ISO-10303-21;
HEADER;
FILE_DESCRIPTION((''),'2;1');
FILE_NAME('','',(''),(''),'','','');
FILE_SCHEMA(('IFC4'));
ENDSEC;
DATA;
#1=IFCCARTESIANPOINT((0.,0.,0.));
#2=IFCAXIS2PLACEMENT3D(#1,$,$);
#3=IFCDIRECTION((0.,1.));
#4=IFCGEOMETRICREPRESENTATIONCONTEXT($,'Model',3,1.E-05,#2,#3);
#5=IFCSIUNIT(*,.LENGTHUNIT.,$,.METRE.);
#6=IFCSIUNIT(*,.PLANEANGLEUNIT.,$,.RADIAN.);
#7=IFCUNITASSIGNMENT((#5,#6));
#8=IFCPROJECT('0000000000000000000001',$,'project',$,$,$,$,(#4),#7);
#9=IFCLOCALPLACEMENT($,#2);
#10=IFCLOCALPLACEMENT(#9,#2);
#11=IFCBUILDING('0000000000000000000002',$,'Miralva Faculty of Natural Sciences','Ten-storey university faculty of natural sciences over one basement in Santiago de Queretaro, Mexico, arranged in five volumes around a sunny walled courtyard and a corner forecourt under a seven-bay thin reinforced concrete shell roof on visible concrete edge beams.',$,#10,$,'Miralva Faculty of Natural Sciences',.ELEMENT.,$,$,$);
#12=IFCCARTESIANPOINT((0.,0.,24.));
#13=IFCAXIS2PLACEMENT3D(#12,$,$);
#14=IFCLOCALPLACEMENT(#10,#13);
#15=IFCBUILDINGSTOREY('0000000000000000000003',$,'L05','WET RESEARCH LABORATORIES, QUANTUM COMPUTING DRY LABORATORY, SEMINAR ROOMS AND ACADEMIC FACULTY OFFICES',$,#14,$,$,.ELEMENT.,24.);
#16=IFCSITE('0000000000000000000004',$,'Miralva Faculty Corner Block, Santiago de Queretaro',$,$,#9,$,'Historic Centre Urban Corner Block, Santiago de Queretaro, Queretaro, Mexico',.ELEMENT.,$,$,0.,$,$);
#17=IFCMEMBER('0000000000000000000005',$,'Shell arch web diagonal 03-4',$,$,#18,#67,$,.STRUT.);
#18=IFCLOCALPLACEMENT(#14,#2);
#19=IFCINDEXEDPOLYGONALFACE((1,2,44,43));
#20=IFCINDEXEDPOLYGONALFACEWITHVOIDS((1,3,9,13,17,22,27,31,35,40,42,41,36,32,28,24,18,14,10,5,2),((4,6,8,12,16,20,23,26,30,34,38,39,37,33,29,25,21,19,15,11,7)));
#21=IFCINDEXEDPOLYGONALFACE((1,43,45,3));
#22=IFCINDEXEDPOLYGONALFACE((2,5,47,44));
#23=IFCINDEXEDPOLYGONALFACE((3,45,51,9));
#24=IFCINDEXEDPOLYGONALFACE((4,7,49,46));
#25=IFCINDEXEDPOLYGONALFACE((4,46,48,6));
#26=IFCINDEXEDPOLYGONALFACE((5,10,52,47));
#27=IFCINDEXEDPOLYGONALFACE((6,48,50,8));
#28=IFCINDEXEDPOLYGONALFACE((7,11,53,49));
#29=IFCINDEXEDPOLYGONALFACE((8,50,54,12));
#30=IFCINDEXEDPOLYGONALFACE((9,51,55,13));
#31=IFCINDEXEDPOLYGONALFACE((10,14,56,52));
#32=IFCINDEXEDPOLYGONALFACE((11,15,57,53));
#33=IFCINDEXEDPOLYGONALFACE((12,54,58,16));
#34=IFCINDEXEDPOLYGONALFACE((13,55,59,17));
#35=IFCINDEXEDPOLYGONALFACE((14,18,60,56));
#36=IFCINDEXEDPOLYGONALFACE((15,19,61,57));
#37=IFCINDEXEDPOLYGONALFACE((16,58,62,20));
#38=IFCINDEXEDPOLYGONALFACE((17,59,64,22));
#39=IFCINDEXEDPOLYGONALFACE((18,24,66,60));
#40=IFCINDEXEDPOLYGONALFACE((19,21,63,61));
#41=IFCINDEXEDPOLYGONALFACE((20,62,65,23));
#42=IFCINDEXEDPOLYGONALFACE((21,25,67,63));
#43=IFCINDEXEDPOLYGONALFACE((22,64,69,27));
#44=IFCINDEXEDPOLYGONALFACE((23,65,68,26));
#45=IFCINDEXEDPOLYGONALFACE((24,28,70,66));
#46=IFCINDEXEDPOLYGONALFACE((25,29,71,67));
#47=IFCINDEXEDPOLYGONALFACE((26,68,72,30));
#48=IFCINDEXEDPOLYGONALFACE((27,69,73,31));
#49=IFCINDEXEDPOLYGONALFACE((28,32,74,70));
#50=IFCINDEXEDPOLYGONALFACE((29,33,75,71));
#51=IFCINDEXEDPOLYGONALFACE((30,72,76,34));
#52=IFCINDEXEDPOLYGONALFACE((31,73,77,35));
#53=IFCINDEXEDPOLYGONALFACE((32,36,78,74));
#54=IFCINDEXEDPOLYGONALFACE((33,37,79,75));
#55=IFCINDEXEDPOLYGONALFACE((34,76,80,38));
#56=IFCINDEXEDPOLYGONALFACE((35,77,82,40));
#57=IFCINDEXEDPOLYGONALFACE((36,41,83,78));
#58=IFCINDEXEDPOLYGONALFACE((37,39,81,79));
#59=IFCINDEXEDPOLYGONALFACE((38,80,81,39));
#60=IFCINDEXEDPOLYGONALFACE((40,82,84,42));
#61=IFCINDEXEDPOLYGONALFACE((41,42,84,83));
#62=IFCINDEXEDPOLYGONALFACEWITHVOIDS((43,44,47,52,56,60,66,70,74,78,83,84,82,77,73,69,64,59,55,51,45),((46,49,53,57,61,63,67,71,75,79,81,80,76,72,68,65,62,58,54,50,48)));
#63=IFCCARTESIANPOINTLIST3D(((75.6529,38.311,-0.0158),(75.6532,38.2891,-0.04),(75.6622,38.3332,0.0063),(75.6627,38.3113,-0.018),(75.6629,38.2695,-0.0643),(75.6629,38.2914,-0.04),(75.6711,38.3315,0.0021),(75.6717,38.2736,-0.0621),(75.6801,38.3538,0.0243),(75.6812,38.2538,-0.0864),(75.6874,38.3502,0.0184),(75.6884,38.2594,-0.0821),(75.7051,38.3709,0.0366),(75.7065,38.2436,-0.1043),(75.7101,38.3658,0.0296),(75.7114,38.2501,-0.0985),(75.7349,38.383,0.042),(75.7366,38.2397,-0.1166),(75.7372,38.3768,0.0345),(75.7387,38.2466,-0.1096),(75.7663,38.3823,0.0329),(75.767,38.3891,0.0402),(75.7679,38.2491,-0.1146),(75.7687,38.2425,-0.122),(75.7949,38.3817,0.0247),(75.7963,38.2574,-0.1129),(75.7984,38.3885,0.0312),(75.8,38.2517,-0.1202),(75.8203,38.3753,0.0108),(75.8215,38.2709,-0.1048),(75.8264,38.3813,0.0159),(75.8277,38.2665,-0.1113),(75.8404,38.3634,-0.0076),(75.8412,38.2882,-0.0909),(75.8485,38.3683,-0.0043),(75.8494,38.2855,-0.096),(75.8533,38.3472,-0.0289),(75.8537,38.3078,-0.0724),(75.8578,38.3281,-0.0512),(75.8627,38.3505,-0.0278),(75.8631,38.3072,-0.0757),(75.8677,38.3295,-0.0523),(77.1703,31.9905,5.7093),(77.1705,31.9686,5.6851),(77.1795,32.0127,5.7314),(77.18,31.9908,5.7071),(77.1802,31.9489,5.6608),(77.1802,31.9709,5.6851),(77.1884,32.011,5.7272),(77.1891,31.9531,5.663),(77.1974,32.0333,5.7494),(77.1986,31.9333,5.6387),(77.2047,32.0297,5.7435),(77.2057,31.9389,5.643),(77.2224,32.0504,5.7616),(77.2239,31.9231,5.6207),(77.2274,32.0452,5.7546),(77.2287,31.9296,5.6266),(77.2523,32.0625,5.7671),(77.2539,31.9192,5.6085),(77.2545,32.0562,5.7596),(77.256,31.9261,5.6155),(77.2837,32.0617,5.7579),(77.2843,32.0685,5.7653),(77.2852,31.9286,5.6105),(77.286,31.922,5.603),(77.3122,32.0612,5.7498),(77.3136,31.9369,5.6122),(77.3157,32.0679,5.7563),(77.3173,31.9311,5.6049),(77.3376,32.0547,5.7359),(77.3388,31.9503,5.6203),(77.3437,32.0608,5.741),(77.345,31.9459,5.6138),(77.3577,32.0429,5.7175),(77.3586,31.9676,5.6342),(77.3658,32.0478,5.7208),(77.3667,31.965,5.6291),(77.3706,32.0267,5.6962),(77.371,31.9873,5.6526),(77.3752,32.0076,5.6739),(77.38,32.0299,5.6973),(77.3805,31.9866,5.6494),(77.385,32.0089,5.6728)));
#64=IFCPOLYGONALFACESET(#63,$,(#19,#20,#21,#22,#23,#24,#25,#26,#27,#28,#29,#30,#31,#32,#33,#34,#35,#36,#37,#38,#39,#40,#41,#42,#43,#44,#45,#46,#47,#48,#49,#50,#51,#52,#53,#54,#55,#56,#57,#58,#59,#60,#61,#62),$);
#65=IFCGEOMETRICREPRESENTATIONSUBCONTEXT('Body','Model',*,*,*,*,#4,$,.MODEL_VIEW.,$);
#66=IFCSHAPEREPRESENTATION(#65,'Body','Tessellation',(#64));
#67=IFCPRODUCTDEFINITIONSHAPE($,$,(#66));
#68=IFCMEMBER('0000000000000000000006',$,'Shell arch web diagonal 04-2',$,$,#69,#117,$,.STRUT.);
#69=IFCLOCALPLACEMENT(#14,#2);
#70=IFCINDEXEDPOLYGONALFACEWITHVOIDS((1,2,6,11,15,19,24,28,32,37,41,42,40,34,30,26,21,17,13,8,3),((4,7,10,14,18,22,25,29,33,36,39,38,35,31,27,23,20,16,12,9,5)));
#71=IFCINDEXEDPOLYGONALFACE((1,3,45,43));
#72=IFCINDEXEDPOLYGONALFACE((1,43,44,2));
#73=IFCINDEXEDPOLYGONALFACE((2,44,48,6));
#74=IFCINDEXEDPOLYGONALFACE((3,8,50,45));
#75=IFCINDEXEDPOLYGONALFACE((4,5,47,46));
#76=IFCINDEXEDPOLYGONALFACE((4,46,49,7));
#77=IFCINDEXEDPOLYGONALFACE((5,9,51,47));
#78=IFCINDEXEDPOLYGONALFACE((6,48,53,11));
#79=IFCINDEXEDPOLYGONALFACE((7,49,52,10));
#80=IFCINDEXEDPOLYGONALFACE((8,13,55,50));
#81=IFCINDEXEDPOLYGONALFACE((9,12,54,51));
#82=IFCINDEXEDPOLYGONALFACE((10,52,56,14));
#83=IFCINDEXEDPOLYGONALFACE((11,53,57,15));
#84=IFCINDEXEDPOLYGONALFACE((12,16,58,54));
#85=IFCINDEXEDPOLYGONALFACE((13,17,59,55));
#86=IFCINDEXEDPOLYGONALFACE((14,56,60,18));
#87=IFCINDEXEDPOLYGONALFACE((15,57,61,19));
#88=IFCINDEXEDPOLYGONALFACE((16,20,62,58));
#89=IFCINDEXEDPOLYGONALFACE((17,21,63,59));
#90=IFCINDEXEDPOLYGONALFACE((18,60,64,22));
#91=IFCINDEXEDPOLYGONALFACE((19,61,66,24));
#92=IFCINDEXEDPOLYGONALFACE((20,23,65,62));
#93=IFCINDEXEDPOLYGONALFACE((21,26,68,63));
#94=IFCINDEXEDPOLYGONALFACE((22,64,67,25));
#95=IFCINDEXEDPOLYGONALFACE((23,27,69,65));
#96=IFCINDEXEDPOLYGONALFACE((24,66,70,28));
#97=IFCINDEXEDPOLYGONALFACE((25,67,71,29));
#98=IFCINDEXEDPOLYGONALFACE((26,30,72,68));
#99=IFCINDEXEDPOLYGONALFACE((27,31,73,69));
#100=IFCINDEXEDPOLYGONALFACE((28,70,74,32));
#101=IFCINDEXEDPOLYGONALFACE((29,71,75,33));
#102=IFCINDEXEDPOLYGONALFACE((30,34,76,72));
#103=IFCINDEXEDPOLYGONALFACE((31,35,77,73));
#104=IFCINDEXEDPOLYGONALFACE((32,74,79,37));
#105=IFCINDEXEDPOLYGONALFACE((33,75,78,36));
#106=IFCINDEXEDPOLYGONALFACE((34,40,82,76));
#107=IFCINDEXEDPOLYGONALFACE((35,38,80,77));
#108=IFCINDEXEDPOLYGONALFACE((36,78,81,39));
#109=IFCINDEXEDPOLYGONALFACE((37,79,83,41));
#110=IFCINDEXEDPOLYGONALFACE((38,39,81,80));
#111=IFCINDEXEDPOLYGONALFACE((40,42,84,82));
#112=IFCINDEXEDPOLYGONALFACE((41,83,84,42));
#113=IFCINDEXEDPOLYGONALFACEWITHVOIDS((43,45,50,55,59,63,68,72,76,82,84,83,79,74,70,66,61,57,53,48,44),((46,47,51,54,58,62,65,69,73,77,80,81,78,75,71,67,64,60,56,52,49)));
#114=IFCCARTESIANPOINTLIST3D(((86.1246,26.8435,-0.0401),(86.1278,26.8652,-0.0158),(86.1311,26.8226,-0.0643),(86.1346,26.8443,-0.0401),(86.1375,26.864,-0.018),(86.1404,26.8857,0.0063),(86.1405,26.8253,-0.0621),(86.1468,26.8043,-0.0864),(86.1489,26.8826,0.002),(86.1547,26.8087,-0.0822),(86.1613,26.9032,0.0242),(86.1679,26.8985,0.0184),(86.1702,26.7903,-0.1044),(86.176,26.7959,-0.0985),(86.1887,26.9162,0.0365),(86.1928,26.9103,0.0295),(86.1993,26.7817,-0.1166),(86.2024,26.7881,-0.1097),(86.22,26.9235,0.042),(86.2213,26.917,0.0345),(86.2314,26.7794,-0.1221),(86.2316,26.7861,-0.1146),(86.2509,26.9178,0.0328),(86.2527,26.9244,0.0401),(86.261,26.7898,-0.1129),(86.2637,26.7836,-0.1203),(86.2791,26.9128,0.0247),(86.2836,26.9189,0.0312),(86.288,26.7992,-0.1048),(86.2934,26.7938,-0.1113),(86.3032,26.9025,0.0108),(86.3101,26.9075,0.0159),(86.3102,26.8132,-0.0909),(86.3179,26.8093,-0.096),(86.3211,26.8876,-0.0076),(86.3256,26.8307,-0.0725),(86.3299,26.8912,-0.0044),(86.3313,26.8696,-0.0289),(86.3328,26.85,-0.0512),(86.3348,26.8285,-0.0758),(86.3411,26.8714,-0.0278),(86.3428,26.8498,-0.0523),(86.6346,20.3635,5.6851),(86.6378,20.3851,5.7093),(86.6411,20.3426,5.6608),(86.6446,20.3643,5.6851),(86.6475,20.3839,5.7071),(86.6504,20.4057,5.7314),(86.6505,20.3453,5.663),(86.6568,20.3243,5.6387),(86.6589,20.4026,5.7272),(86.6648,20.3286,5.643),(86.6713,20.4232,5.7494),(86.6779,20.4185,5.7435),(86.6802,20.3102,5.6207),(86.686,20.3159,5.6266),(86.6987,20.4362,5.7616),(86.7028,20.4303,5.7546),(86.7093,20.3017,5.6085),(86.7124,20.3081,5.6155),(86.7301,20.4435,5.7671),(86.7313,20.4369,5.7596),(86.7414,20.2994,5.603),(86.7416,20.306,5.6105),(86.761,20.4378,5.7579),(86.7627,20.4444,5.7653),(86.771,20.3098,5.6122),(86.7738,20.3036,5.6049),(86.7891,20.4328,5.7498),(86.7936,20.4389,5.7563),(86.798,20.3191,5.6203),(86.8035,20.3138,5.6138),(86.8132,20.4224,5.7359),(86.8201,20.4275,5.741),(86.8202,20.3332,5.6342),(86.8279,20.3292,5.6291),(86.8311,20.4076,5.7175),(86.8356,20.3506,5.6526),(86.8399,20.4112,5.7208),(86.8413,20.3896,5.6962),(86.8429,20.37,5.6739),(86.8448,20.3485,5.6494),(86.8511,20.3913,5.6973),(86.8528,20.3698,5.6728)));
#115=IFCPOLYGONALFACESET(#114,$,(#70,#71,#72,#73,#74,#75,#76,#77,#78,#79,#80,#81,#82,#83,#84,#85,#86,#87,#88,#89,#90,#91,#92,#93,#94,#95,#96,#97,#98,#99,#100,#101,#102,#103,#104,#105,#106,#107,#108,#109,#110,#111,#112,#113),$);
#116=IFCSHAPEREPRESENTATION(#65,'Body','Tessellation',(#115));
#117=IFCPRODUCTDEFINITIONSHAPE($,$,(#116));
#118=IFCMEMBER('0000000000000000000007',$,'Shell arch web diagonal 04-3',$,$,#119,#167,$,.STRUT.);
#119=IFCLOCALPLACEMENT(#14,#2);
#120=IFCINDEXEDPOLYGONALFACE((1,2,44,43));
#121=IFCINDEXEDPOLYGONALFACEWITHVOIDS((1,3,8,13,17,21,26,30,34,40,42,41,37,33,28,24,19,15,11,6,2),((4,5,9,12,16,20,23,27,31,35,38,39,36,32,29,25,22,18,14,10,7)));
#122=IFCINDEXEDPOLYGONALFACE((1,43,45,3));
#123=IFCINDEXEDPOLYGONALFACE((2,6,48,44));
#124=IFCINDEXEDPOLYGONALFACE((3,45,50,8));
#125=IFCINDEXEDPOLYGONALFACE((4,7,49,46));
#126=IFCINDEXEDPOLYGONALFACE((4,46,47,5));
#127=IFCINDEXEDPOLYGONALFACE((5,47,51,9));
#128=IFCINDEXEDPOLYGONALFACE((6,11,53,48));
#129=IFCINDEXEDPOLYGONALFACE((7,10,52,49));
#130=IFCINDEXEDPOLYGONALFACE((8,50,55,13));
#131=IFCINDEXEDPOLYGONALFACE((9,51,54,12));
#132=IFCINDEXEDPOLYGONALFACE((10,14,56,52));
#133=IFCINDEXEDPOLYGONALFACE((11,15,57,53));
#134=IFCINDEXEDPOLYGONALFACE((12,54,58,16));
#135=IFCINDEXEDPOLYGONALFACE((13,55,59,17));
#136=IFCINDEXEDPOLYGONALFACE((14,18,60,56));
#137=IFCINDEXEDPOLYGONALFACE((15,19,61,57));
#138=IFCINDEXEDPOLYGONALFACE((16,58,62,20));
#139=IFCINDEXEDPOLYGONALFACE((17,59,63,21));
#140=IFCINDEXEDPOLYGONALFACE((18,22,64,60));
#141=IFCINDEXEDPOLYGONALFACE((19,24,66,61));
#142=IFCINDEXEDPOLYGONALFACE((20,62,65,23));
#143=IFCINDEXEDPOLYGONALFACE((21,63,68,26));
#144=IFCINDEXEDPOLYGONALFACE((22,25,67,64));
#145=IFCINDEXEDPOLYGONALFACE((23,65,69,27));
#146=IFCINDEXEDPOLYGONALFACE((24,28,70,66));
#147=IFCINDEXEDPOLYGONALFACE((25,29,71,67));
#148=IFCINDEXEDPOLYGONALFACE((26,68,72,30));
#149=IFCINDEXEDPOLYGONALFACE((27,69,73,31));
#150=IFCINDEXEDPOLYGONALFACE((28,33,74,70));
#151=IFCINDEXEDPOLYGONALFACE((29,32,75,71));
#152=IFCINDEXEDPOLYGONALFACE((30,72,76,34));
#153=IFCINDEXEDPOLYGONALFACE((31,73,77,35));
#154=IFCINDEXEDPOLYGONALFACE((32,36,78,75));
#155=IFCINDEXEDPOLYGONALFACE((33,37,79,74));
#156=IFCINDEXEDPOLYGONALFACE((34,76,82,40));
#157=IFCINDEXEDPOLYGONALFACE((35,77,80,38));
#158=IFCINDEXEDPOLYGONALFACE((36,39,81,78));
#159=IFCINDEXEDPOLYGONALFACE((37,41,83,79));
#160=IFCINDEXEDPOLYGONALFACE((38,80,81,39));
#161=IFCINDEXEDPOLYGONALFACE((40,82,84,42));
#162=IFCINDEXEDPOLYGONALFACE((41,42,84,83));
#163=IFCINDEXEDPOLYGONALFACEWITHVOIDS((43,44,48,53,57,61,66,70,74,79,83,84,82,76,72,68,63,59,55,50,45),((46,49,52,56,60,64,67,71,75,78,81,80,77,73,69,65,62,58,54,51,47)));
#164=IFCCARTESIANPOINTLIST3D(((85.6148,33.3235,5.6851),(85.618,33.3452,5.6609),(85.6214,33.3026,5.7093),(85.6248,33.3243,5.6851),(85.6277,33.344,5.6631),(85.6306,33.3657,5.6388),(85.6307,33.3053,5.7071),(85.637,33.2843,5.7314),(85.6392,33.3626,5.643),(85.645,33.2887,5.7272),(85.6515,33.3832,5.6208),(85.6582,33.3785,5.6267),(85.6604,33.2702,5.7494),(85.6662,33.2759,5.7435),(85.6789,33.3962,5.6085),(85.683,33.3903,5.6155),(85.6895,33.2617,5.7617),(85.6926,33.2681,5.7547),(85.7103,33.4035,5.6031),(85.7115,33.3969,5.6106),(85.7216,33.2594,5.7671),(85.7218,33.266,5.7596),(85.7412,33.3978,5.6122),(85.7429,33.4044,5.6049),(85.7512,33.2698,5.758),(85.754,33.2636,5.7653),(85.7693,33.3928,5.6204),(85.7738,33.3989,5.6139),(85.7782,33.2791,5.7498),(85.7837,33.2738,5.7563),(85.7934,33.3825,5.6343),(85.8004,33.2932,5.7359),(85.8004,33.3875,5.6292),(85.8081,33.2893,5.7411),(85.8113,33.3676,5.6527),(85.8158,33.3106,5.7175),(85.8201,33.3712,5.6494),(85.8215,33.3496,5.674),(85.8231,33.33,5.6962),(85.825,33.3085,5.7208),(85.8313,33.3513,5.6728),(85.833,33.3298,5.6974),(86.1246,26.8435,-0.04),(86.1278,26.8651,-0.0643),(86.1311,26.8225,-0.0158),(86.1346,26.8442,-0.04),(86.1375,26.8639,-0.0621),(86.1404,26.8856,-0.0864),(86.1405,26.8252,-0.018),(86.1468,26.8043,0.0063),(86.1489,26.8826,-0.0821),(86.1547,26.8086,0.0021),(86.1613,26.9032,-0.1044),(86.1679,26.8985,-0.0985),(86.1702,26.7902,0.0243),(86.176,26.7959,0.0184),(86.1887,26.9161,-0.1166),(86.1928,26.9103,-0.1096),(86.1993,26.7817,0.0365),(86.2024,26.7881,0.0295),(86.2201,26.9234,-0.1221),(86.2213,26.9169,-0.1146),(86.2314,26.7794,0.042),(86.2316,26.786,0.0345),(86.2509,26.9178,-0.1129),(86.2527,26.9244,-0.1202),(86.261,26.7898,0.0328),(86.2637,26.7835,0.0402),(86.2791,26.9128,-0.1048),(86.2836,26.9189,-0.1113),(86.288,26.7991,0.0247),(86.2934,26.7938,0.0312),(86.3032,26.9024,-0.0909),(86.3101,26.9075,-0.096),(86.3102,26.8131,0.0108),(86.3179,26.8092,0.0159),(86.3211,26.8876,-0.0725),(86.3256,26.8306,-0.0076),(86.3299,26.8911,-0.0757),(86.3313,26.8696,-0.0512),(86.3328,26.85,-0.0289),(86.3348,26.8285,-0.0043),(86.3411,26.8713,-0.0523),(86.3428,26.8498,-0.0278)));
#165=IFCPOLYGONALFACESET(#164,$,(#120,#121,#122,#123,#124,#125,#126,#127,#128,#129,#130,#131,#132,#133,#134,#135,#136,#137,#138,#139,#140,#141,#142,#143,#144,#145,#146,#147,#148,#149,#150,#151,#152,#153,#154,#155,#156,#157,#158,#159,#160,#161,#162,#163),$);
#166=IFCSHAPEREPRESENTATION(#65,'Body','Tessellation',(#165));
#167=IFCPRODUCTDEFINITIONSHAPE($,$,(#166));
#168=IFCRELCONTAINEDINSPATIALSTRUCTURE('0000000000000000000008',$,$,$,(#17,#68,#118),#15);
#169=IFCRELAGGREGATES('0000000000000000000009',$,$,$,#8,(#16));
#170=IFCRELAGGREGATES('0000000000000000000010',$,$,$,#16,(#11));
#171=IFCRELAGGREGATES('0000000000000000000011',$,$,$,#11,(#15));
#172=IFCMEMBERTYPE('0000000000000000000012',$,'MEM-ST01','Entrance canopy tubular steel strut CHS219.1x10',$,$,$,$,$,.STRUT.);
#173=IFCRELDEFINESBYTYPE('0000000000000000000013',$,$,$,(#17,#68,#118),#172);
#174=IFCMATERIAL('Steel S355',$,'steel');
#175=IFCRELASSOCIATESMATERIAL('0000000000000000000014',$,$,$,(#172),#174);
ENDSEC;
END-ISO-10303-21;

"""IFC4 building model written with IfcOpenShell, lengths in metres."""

from ifc_helpers import new_model, si_unit, direction, frame, origin, origin_2d, place, context, subcontext, project, spatial, hollow_circle, extrude, material, material_profile, profile_set, type_object, element, save


model = new_model("IFC4")

# Units and contexts
model_context = context("Model", 3, precision=1e-05, world=origin(), true_north=direction((0.0, 1.0)))
body_context = subcontext(model_context, "Body", "Model", "MODEL_VIEW")
ifc_project = project(units=[si_unit("LENGTHUNIT", "METRE"), si_unit("PLANEANGLEUNIT", "RADIAN")], contexts=[model_context])

# Site, building, storey
site_placement = place(None, origin())
site = spatial("IfcSite", under=ifc_project, at=site_placement, Name="Miralva Faculty Corner Block, Santiago de Queretaro", LongName="Historic Centre Urban Corner Block, Santiago de Queretaro, Queretaro, Mexico", CompositionType="ELEMENT", RefElevation=0.0)
building_placement = place(site_placement, origin())
building = spatial("IfcBuilding", under=site, at=building_placement, Name="Miralva Faculty of Natural Sciences", Description="Ten-storey university faculty of natural sciences over one basement in Santiago de Queretaro, Mexico, arranged in five volumes around a sunny walled courtyard and a corner forecourt under a seven-bay thin reinforced concrete shell roof on visible concrete edge beams.", LongName="Miralva Faculty of Natural Sciences", CompositionType="ELEMENT")
storey_placement = place(building_placement, frame((0.0, 0.0, 24.0)))
storey = spatial("IfcBuildingStorey", under=building, at=storey_placement, Name="L05", Description="WET RESEARCH LABORATORIES, QUANTUM COMPUTING DRY LABORATORY, SEMINAR ROOMS AND ACADEMIC FACULTY OFFICES", CompositionType="ELEMENT", Elevation=24.0)

# Shared definitions
ifc_material_1 = material(Name="Steel S355", Category="steel")

# Members
ifc_material_profile_1 = material_profile(ifc_material_1, hollow_circle(Radius=0.1096, WallThickness=0.01, at=origin_2d()), Name="CHS 219.1x10")
ifc_profile_set_1 = profile_set([ifc_material_profile_1], Name="Steel S355")
member_type_1 = type_object("IfcMemberType", Name="MEM-ST01", Description="Entrance canopy tubular steel strut CHS219.1x10", PredefinedType="STRUT", material=ifc_profile_set_1)
for number, where, z_axis, x_axis, name in (
    (1, (77.2771, 31.9941, 5.6851), (-0.175173, 0.729696, -0.660952), (-0.972373, -0.233431, 0.0), "Shell arch web diagonal 03-4"),
    (2, (86.7439, 20.3721, 5.6851), (-0.05888, 0.748109, -0.660958), (-0.996917, -0.078463, 0.0), "Shell arch web diagonal 04-2"),
    (3, (86.2339, 26.8521, -0.04), (-0.058852, 0.74811, 0.660959), (-0.99692, -0.078425, 0.0), "Shell arch web diagonal 04-3"),
):
    element("IfcMember", number, at=place(storey_placement, frame(where, z_axis=z_axis, x_axis=x_axis)), inside=storey, type_object=member_type_1, Name=name, PredefinedType="STRUT", context=body_context, shape_type="SweptSolid", body=[
        extrude(hollow_circle(Radius=0.1096, WallThickness=0.01, at=origin_2d()), origin(), (0.0, 0.0, 1.0), 8.6619),
    ])

save(model, "model.ifc")
